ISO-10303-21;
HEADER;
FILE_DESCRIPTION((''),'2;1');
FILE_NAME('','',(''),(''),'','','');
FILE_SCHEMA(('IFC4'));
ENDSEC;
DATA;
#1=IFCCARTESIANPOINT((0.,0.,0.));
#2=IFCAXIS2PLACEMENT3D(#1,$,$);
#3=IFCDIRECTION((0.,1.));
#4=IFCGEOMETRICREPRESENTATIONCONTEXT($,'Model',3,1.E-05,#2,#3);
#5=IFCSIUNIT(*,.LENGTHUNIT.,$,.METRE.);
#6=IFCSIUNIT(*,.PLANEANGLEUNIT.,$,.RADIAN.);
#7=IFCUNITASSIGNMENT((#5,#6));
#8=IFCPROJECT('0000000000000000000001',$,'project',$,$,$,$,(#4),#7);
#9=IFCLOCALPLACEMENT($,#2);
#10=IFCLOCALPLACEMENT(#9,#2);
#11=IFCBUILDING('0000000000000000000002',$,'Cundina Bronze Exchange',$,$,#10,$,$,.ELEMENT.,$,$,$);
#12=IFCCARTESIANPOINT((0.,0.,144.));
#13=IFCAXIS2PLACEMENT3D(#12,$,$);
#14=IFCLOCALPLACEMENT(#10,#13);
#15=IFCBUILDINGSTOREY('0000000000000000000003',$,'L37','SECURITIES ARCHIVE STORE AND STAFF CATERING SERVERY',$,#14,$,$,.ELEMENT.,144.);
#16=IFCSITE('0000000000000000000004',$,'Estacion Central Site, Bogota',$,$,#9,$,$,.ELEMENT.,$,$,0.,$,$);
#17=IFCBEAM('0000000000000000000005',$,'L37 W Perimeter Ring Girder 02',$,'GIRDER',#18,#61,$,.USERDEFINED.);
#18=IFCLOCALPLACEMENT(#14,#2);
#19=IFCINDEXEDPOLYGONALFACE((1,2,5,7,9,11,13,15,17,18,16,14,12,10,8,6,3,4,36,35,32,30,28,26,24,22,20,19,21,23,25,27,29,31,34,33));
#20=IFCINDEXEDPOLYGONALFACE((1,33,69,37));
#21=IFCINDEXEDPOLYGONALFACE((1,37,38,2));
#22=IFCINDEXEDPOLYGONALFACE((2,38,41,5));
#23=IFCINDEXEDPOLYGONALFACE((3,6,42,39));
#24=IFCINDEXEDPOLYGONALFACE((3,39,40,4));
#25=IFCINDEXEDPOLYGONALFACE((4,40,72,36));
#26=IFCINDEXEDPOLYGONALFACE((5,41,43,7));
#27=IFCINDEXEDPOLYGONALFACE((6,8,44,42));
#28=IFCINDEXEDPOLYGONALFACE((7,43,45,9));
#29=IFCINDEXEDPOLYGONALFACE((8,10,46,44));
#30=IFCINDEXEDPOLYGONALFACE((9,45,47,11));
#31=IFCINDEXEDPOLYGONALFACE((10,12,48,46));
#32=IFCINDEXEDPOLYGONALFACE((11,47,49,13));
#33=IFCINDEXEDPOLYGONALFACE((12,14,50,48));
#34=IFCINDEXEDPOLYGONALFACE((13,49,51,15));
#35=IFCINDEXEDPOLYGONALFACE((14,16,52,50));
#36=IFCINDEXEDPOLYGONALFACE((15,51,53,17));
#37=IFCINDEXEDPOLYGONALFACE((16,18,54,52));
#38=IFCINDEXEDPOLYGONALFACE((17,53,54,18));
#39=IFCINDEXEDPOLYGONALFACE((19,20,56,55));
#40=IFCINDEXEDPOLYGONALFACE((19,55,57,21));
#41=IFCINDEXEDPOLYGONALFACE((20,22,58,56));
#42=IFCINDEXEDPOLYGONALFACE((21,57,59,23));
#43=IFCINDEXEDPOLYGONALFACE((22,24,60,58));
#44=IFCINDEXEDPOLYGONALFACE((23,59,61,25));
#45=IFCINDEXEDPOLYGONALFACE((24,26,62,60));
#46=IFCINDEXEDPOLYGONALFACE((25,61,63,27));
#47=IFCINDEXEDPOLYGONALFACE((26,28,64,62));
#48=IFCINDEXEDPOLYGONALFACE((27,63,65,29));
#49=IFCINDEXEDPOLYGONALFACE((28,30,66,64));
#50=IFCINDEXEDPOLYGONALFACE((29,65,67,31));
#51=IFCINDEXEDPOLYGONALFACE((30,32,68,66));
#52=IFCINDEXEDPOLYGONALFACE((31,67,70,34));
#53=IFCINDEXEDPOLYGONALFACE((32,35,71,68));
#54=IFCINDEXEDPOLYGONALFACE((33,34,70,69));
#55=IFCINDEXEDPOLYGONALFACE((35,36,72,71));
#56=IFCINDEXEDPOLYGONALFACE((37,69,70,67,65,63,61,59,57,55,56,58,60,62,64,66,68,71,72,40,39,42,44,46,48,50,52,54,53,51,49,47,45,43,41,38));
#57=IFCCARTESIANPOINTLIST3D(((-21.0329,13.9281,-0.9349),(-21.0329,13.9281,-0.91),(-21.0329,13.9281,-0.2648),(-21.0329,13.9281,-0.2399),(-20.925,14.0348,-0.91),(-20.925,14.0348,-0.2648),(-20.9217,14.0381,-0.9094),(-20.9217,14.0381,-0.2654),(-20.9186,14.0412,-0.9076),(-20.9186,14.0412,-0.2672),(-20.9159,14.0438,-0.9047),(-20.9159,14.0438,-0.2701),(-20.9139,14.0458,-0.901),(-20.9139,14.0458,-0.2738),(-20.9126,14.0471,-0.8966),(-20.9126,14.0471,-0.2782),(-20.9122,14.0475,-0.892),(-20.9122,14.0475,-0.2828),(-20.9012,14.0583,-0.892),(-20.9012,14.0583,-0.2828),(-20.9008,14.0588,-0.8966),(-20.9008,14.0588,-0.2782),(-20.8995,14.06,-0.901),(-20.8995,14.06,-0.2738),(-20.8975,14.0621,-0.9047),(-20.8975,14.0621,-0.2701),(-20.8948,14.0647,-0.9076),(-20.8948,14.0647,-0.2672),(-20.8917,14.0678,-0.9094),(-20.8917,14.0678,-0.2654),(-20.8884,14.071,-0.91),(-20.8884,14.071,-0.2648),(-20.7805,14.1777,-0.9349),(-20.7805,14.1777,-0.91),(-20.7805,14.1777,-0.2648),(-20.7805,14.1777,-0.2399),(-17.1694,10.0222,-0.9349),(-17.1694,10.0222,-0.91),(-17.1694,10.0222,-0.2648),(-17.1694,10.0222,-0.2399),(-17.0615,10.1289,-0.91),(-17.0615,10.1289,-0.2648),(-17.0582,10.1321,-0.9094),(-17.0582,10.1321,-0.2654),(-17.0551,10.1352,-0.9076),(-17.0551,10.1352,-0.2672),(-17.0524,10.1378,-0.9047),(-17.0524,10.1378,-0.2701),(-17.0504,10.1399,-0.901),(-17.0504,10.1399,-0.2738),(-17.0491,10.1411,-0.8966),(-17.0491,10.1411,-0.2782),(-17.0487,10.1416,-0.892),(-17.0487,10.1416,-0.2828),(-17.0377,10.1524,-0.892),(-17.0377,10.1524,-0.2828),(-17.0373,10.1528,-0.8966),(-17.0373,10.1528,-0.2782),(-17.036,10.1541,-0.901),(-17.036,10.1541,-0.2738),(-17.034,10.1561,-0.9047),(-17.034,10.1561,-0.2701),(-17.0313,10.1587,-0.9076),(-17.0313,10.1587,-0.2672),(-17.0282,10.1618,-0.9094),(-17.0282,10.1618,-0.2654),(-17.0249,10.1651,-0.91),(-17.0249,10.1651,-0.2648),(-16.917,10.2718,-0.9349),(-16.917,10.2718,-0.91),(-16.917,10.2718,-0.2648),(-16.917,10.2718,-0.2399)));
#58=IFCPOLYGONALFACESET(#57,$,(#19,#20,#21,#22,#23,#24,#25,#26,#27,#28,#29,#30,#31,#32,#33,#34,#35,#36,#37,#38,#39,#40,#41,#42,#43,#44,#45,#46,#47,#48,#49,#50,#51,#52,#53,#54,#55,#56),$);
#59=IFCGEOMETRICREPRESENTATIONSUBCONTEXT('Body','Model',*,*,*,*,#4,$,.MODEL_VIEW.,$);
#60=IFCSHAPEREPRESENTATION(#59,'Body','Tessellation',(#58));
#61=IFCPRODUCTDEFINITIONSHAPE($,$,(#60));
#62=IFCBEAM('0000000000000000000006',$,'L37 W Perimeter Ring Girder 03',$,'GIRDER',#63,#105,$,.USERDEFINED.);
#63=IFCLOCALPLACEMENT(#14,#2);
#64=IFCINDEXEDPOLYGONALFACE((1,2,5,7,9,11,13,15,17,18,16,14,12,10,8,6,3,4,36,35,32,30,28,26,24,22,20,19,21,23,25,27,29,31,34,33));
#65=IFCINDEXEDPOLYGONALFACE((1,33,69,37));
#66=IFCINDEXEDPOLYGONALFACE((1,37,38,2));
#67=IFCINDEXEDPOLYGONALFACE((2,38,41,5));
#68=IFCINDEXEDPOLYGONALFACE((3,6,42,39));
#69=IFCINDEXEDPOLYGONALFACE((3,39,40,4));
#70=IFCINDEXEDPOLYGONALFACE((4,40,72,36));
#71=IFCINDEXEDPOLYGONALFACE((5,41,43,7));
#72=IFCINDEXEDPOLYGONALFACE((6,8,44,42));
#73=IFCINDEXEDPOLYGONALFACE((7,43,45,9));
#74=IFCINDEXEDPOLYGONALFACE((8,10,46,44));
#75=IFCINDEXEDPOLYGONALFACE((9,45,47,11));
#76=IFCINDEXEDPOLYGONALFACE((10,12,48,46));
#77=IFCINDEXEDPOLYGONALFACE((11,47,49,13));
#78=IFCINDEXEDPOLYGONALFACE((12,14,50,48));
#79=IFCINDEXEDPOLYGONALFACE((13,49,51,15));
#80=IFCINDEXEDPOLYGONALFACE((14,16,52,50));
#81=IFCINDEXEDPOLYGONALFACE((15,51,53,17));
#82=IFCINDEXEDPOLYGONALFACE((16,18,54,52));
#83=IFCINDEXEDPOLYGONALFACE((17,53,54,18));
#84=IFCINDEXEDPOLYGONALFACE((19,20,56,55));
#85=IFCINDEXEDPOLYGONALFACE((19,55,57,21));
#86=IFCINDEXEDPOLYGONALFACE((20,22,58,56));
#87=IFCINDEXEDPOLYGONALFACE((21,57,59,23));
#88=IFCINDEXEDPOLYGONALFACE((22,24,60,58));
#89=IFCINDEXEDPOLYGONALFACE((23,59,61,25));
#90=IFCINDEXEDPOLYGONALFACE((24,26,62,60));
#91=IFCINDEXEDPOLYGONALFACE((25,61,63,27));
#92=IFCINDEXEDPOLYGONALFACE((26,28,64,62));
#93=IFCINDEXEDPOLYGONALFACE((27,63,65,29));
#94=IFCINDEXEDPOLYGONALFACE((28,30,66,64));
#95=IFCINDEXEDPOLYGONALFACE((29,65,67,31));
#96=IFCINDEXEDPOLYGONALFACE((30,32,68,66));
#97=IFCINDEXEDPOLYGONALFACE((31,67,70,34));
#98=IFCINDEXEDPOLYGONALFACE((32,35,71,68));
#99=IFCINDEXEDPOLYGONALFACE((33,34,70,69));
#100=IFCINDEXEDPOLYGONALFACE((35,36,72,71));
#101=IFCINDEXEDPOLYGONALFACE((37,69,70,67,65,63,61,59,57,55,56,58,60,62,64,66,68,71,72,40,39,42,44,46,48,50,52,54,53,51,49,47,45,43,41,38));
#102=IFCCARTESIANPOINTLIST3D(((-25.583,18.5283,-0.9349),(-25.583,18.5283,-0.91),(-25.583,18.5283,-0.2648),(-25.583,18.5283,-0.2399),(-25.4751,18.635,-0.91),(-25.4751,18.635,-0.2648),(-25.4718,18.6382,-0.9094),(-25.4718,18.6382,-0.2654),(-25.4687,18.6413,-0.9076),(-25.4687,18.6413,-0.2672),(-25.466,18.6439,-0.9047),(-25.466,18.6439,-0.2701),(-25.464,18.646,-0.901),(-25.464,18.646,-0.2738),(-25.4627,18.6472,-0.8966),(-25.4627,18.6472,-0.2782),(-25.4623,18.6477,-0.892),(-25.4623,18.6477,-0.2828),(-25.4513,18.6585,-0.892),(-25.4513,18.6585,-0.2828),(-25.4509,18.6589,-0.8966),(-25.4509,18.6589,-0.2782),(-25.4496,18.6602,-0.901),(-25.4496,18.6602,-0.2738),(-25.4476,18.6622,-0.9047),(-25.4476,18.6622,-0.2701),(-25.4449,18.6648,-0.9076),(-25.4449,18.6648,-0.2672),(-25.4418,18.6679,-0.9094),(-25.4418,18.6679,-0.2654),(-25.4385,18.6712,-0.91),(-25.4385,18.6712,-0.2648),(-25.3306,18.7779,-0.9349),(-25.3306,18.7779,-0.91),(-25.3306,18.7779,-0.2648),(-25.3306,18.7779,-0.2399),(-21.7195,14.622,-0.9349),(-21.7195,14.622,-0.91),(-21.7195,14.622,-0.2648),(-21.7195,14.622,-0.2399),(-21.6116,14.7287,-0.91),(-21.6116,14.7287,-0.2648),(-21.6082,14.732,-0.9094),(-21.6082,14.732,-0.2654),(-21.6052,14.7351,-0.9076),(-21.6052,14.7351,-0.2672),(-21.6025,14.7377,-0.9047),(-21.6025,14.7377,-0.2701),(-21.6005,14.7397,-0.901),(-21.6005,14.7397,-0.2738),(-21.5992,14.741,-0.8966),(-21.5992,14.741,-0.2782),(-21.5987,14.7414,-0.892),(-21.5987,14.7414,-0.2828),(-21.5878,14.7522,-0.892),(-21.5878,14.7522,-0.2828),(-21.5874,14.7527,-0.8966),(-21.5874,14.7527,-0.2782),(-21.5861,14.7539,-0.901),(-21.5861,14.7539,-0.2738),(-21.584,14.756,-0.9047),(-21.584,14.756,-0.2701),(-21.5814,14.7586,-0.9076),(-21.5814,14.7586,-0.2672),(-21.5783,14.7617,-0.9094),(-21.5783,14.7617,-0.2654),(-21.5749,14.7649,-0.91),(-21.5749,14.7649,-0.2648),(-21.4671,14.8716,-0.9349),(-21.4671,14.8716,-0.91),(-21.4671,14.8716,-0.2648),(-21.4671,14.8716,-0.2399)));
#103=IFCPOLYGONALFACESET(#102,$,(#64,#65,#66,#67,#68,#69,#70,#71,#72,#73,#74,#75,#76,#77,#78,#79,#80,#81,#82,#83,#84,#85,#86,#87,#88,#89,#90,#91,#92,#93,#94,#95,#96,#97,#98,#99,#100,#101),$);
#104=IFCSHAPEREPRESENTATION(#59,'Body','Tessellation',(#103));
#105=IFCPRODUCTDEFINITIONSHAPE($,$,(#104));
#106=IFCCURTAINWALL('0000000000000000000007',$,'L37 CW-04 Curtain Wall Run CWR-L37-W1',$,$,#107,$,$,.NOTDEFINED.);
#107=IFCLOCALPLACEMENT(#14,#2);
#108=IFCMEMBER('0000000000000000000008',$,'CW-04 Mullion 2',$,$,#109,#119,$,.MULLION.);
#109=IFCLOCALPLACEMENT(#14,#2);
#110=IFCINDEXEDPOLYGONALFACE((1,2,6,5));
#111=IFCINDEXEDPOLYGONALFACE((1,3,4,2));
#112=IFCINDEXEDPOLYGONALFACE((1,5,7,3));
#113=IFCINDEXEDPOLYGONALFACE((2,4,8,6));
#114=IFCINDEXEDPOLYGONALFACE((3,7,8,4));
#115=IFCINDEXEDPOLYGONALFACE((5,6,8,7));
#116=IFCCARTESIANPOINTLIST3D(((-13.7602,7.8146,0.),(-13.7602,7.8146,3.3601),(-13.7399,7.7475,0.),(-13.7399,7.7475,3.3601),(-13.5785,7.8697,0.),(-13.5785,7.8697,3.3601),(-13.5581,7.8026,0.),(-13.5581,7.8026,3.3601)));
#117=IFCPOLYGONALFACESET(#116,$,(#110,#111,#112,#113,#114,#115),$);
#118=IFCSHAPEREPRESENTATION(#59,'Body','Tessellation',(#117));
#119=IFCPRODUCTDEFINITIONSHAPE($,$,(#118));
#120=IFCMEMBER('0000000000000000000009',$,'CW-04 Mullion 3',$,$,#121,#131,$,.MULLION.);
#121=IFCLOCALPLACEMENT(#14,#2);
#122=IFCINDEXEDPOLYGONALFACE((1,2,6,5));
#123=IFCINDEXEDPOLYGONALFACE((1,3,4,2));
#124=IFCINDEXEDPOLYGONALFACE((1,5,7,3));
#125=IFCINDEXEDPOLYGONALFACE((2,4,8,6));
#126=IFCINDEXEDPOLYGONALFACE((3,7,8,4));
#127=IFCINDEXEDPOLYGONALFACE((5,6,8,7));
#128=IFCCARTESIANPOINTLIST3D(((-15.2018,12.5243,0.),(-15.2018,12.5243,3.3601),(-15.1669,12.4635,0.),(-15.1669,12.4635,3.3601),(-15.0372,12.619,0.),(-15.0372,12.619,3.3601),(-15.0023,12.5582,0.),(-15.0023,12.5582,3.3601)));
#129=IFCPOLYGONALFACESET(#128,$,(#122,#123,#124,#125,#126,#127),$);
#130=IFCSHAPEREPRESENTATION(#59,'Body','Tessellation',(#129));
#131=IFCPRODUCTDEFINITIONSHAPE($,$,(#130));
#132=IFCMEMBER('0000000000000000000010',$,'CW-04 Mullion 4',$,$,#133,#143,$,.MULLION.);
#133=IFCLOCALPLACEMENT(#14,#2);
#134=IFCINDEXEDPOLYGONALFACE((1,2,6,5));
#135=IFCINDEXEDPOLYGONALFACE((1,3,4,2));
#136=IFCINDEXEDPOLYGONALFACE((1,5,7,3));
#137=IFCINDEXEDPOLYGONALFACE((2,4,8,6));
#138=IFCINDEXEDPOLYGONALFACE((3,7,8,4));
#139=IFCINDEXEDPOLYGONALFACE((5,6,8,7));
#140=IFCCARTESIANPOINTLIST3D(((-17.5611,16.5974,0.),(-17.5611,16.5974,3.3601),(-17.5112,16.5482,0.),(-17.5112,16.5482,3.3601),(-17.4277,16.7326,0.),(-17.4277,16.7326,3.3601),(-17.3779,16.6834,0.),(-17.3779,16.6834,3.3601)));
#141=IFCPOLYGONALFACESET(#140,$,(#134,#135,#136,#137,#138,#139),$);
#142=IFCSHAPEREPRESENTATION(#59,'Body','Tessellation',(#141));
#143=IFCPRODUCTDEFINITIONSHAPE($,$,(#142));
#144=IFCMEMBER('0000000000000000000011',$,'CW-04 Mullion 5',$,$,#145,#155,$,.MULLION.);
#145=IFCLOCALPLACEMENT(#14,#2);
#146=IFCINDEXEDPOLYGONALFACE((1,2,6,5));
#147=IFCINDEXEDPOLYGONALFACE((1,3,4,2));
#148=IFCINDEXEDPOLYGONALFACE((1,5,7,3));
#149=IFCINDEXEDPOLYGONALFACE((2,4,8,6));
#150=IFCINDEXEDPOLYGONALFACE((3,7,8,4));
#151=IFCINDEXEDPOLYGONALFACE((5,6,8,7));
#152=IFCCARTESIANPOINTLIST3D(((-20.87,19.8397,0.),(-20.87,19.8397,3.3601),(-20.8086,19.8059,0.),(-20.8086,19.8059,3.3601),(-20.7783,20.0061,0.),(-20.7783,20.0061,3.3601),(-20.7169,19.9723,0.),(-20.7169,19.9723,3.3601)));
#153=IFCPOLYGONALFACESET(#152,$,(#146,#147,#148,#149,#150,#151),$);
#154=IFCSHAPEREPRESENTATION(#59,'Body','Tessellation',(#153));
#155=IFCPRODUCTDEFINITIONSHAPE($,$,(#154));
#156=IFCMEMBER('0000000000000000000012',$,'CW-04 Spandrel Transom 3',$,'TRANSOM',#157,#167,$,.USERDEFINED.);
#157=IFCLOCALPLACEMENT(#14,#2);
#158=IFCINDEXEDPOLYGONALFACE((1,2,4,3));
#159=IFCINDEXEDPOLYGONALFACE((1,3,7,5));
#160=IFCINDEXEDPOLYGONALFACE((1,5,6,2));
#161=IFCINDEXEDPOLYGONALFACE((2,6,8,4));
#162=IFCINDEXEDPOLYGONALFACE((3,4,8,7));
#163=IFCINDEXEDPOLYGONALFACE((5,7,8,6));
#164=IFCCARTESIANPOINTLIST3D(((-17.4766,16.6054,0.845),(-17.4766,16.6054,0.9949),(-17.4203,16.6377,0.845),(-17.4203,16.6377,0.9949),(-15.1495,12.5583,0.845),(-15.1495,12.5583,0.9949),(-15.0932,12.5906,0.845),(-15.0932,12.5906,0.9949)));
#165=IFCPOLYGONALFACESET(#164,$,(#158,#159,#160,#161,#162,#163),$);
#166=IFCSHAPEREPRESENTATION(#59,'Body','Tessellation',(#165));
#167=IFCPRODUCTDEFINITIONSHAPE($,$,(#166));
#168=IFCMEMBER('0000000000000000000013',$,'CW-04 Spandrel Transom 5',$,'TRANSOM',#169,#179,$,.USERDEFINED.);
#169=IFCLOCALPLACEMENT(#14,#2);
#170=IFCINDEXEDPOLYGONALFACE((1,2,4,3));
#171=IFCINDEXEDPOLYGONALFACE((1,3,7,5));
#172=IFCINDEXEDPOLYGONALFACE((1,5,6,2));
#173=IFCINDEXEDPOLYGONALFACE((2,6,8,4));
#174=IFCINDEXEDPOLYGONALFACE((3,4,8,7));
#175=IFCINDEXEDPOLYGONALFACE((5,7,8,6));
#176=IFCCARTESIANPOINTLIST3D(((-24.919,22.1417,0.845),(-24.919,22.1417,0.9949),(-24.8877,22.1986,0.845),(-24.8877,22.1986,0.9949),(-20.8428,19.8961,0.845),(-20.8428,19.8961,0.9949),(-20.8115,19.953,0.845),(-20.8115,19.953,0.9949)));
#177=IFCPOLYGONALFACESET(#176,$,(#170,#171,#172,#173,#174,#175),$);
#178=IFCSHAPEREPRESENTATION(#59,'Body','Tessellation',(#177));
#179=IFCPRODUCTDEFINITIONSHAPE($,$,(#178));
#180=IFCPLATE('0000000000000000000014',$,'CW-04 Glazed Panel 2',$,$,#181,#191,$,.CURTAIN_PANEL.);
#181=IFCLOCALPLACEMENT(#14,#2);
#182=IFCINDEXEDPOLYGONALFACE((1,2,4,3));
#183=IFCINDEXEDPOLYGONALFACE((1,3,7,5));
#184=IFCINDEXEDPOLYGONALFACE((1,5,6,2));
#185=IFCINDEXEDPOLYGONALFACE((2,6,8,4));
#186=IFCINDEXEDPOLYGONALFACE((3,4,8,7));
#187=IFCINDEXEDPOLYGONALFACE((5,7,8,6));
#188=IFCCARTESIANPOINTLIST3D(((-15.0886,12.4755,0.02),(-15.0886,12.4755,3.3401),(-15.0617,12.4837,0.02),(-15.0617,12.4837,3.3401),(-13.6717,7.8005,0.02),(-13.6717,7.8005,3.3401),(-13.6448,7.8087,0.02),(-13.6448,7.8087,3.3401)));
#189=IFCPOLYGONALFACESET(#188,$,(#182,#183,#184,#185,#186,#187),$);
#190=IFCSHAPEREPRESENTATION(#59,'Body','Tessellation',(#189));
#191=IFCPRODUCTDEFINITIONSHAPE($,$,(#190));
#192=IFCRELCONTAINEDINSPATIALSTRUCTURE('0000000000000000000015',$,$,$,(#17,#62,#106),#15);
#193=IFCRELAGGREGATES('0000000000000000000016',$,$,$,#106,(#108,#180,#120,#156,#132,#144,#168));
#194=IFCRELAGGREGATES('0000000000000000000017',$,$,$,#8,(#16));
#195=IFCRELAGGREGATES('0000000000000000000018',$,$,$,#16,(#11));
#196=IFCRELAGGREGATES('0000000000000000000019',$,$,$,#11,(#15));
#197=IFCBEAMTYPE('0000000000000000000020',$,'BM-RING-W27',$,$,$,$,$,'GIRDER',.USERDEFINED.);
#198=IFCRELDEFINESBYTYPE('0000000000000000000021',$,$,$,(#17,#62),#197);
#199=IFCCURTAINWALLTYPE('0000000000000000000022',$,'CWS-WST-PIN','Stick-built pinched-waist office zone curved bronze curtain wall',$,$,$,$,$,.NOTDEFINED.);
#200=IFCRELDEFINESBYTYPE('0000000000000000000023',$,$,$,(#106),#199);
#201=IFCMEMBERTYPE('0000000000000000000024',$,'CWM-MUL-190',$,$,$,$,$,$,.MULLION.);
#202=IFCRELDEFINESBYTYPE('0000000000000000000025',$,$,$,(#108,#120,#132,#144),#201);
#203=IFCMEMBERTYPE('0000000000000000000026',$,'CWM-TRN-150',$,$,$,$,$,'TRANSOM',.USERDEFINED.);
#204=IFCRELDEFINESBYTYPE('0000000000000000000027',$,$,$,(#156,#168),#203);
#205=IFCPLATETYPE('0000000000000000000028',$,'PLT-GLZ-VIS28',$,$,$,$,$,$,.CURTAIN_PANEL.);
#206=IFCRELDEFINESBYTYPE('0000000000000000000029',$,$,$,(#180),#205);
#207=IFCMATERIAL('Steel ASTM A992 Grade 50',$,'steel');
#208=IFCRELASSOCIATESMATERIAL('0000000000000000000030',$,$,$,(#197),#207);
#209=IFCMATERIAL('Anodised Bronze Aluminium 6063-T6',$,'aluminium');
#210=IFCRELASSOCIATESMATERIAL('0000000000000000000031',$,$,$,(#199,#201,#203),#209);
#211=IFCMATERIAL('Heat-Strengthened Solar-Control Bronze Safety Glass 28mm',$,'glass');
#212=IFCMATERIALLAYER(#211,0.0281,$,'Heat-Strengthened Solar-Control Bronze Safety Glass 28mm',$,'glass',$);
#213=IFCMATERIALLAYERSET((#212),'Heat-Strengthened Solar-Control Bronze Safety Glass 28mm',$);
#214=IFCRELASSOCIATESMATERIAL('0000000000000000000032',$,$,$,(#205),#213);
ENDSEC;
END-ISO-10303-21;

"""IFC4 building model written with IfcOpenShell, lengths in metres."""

from ifc_helpers import new_model, si_unit, direction, frame, origin, origin_2d, place, context, subcontext, project, spatial, rectangle, i_section, extrude, material, layer, layer_set, material_profile, profile_set, type_object, element, aggregate, save


model = new_model("IFC4")

# Units and contexts
model_context = context("Model", 3, precision=1e-05, world=origin(), true_north=direction((0.0, 1.0)))
body_context = subcontext(model_context, "Body", "Model", "MODEL_VIEW")
ifc_project = project(units=[si_unit("LENGTHUNIT", "METRE"), si_unit("PLANEANGLEUNIT", "RADIAN")], contexts=[model_context])

# Site, building, storey
site_placement = place(None, origin())
site = spatial("IfcSite", under=ifc_project, at=site_placement, Name="Estacion Central Site, Bogota", CompositionType="ELEMENT", RefElevation=0.0)
building_placement = place(site_placement, origin())
building = spatial("IfcBuilding", under=site, at=building_placement, Name="Cundina Bronze Exchange", CompositionType="ELEMENT")
storey_placement = place(building_placement, frame((0.0, 0.0, 144.0)))
storey = spatial("IfcBuildingStorey", under=building, at=storey_placement, Name="L37", Description="SECURITIES ARCHIVE STORE AND STAFF CATERING SERVERY", CompositionType="ELEMENT", Elevation=144.0)

# Beams
ifc_material_1 = material(Name="Steel ASTM A992 Grade 50", Category="steel")
ifc_material_profile_1 = material_profile(ifc_material_1, i_section(OverallWidth=0.355, OverallDepth=0.6951, WebThickness=0.0154, FlangeThickness=0.0249, FilletRadius=0.0181, at=origin_2d()), Name="W27X146", Category="steel")
ifc_profile_set_1 = profile_set([ifc_material_profile_1], Name="Steel ASTM A992 Grade 50")
beam_type_1 = type_object("IfcBeamType", Name="BM-RING-W27", ElementType="GIRDER", PredefinedType="USERDEFINED", material=ifc_profile_set_1)
beam_1_placement = place(storey_placement, frame((-17.0432, 10.147, -0.5874), z_axis=(-0.70323, 0.710962, 0.0), x_axis=(-0.710962, -0.70323, 0.0)))
element("IfcBeam", 1, at=beam_1_placement, inside=storey, type_object=beam_type_1, Name="L37 W Perimeter Ring Girder 02", ObjectType="GIRDER", PredefinedType="USERDEFINED", context=body_context, shape_type="SweptSolid", body=[
    extrude(i_section(OverallWidth=0.355, OverallDepth=0.6951, WebThickness=0.0154, FlangeThickness=0.0249, FilletRadius=0.0181, at=origin_2d()), origin(), (0.0, 0.0, 1.0), 5.4939),
])
beam_2_placement = place(storey_placement, frame((-21.5933, 14.7468, -0.5874), z_axis=(-0.703208, 0.710984, 0.0), x_axis=(-0.710984, -0.703208, 0.0)))
element("IfcBeam", 2, at=beam_2_placement, inside=storey, type_object=beam_type_1, Name="L37 W Perimeter Ring Girder 03", ObjectType="GIRDER", PredefinedType="USERDEFINED", context=body_context, shape_type="SweptSolid", body=[
    extrude(i_section(OverallWidth=0.355, OverallDepth=0.6951, WebThickness=0.0154, FlangeThickness=0.0249, FilletRadius=0.0181, at=origin_2d()), origin(), (0.0, 0.0, 1.0), 5.4941),
])

# Curtain wall, members, plate
ifc_material_2 = material(Name="Anodised Bronze Aluminium 6063-T6", Category="aluminium")
curtain_wall_type = type_object("IfcCurtainWallType", Name="CWS-WST-PIN", Description="Stick-built pinched-waist office zone curved bronze curtain wall", PredefinedType="NOTDEFINED", material=ifc_material_2)
curtain_wall_placement = place(storey_placement, origin())
curtain_wall = element("IfcCurtainWall", 3, at=curtain_wall_placement, inside=storey, type_object=curtain_wall_type, Name="L37 CW-04 Curtain Wall Run CWR-L37-W1", PredefinedType="NOTDEFINED")
ifc_material_profile_2 = material_profile(ifc_material_2, rectangle(XDim=0.0701, YDim=0.1899, at=origin_2d()), Name="AL70X190", Category="aluminium")
ifc_profile_set_2 = profile_set([ifc_material_profile_2], Name="Anodised Bronze Aluminium 6063-T6")
member_type_1 = type_object("IfcMemberType", Name="CWM-MUL-190", PredefinedType="MULLION", material=ifc_profile_set_2)
member_1_placement = place(storey_placement, frame((-13.6592, 7.8086, 0.0), z_axis=(0.0, 0.0, 1.0), x_axis=(-0.290034, 0.957016, 0.0)))
member_1 = element("IfcMember", 4, at=member_1_placement, type_object=member_type_1, Name="CW-04 Mullion 2", PredefinedType="MULLION", context=body_context, shape_type="SweptSolid", body=[
    extrude(rectangle(XDim=0.0701, YDim=0.1899, at=origin_2d()), origin(), (0.0, 0.0, 1.0), 3.3601),
])
member_2_placement = place(storey_placement, frame((-15.1021, 12.5413, 0.0), z_axis=(0.0, 0.0, 1.0), x_axis=(-0.498488, 0.866897, 0.0)))
member_2 = element("IfcMember", 5, at=member_2_placement, type_object=member_type_1, Name="CW-04 Mullion 3", PredefinedType="MULLION", context=body_context, shape_type="SweptSolid", body=[
    extrude(rectangle(XDim=0.0701, YDim=0.1899, at=origin_2d()), origin(), (0.0, 0.0, 1.0), 3.3601),
])
member_3_placement = place(storey_placement, frame((-17.4695, 16.6404, 0.0), z_axis=(0.0, 0.0, 1.0), x_axis=(-0.712026, 0.702153, 0.0)))
member_3 = element("IfcMember", 6, at=member_3_placement, type_object=member_type_1, Name="CW-04 Mullion 4", PredefinedType="MULLION", context=body_context, shape_type="SweptSolid", body=[
    extrude(rectangle(XDim=0.0701, YDim=0.1899, at=origin_2d()), origin(), (0.0, 0.0, 1.0), 3.3601),
])
member_4_placement = place(storey_placement, frame((-20.7935, 19.906, 0.0), z_axis=(0.0, 0.0, 1.0), x_axis=(-0.875886, 0.482518, 0.0)))
member_4 = element("IfcMember", 7, at=member_4_placement, type_object=member_type_1, Name="CW-04 Mullion 5", PredefinedType="MULLION", context=body_context, shape_type="SweptSolid", body=[
    extrude(rectangle(XDim=0.0701, YDim=0.1899, at=origin_2d()), origin(), (0.0, 0.0, 1.0), 3.3601),
])
ifc_material_profile_3 = material_profile(ifc_material_2, rectangle(XDim=0.0649, YDim=0.1499, at=origin_2d()), Name="AL65X150", Category="aluminium")
ifc_profile_set_3 = profile_set([ifc_material_profile_3], Name="Anodised Bronze Aluminium 6063-T6")
member_type_2 = type_object("IfcMemberType", Name="CWM-TRN-150", ElementType="TRANSOM", PredefinedType="USERDEFINED", material=ifc_profile_set_3)
member_5_placement = place(storey_placement, frame((-15.1213, 12.5745, 0.9199), z_axis=(-0.49848, 0.866901, 0.0), x_axis=(-0.866901, -0.49848, 0.0)))
member_5 = element("IfcMember", 8, at=member_5_placement, type_object=member_type_2, Name="CW-04 Spandrel Transom 3", ObjectType="TRANSOM", PredefinedType="USERDEFINED", context=body_context, shape_type="SweptSolid", body=[
    extrude(rectangle(XDim=0.0649, YDim=0.1499, at=origin_2d()), origin(), (0.0, 0.0, 1.0), 4.6685),
])
member_6_placement = place(storey_placement, frame((-20.8271, 19.9246, 0.9199), z_axis=(-0.875879, 0.482531, 0.0), x_axis=(-0.482531, -0.875879, 0.0)))
member_6 = element("IfcMember", 9, at=member_6_placement, type_object=member_type_2, Name="CW-04 Spandrel Transom 5", ObjectType="TRANSOM", PredefinedType="USERDEFINED", context=body_context, shape_type="SweptSolid", body=[
    extrude(rectangle(XDim=0.0649, YDim=0.1499, at=origin_2d()), origin(), (0.0, 0.0, 1.0), 4.6538),
])
ifc_material_3 = material(Name="Heat-Strengthened Solar-Control Bronze Safety Glass 28mm", Category="glass")
ifc_layer_1 = layer(ifc_material_3, 0.0281, Name="Heat-Strengthened Solar-Control Bronze Safety Glass 28mm", Category="glass")
ifc_layer_set_1 = layer_set([ifc_layer_1], Name="Heat-Strengthened Solar-Control Bronze Safety Glass 28mm")
plate_type_1 = type_object("IfcPlateType", Name="PLT-GLZ-VIS28", PredefinedType="CURTAIN_PANEL", material=ifc_layer_set_1)
plate_1_placement = place(storey_placement, frame((-14.3667, 10.1421, 0.02), z_axis=(0.0, 0.0, 1.0), x_axis=(-0.290051, 0.957011, 0.0)))
plate_1 = element("IfcPlate", 10, at=plate_1_placement, type_object=plate_type_1, Name="CW-04 Glazed Panel 2", PredefinedType="CURTAIN_PANEL", context=body_context, shape_type="SweptSolid", body=[
    extrude(rectangle(XDim=4.885, YDim=0.0281, at=origin_2d()), origin(), (0.0, 0.0, 1.0), 3.3201),
])
aggregate(curtain_wall, [member_1, plate_1, member_2, member_5, member_3, member_4, member_6])

save(model, "model.ifc")
